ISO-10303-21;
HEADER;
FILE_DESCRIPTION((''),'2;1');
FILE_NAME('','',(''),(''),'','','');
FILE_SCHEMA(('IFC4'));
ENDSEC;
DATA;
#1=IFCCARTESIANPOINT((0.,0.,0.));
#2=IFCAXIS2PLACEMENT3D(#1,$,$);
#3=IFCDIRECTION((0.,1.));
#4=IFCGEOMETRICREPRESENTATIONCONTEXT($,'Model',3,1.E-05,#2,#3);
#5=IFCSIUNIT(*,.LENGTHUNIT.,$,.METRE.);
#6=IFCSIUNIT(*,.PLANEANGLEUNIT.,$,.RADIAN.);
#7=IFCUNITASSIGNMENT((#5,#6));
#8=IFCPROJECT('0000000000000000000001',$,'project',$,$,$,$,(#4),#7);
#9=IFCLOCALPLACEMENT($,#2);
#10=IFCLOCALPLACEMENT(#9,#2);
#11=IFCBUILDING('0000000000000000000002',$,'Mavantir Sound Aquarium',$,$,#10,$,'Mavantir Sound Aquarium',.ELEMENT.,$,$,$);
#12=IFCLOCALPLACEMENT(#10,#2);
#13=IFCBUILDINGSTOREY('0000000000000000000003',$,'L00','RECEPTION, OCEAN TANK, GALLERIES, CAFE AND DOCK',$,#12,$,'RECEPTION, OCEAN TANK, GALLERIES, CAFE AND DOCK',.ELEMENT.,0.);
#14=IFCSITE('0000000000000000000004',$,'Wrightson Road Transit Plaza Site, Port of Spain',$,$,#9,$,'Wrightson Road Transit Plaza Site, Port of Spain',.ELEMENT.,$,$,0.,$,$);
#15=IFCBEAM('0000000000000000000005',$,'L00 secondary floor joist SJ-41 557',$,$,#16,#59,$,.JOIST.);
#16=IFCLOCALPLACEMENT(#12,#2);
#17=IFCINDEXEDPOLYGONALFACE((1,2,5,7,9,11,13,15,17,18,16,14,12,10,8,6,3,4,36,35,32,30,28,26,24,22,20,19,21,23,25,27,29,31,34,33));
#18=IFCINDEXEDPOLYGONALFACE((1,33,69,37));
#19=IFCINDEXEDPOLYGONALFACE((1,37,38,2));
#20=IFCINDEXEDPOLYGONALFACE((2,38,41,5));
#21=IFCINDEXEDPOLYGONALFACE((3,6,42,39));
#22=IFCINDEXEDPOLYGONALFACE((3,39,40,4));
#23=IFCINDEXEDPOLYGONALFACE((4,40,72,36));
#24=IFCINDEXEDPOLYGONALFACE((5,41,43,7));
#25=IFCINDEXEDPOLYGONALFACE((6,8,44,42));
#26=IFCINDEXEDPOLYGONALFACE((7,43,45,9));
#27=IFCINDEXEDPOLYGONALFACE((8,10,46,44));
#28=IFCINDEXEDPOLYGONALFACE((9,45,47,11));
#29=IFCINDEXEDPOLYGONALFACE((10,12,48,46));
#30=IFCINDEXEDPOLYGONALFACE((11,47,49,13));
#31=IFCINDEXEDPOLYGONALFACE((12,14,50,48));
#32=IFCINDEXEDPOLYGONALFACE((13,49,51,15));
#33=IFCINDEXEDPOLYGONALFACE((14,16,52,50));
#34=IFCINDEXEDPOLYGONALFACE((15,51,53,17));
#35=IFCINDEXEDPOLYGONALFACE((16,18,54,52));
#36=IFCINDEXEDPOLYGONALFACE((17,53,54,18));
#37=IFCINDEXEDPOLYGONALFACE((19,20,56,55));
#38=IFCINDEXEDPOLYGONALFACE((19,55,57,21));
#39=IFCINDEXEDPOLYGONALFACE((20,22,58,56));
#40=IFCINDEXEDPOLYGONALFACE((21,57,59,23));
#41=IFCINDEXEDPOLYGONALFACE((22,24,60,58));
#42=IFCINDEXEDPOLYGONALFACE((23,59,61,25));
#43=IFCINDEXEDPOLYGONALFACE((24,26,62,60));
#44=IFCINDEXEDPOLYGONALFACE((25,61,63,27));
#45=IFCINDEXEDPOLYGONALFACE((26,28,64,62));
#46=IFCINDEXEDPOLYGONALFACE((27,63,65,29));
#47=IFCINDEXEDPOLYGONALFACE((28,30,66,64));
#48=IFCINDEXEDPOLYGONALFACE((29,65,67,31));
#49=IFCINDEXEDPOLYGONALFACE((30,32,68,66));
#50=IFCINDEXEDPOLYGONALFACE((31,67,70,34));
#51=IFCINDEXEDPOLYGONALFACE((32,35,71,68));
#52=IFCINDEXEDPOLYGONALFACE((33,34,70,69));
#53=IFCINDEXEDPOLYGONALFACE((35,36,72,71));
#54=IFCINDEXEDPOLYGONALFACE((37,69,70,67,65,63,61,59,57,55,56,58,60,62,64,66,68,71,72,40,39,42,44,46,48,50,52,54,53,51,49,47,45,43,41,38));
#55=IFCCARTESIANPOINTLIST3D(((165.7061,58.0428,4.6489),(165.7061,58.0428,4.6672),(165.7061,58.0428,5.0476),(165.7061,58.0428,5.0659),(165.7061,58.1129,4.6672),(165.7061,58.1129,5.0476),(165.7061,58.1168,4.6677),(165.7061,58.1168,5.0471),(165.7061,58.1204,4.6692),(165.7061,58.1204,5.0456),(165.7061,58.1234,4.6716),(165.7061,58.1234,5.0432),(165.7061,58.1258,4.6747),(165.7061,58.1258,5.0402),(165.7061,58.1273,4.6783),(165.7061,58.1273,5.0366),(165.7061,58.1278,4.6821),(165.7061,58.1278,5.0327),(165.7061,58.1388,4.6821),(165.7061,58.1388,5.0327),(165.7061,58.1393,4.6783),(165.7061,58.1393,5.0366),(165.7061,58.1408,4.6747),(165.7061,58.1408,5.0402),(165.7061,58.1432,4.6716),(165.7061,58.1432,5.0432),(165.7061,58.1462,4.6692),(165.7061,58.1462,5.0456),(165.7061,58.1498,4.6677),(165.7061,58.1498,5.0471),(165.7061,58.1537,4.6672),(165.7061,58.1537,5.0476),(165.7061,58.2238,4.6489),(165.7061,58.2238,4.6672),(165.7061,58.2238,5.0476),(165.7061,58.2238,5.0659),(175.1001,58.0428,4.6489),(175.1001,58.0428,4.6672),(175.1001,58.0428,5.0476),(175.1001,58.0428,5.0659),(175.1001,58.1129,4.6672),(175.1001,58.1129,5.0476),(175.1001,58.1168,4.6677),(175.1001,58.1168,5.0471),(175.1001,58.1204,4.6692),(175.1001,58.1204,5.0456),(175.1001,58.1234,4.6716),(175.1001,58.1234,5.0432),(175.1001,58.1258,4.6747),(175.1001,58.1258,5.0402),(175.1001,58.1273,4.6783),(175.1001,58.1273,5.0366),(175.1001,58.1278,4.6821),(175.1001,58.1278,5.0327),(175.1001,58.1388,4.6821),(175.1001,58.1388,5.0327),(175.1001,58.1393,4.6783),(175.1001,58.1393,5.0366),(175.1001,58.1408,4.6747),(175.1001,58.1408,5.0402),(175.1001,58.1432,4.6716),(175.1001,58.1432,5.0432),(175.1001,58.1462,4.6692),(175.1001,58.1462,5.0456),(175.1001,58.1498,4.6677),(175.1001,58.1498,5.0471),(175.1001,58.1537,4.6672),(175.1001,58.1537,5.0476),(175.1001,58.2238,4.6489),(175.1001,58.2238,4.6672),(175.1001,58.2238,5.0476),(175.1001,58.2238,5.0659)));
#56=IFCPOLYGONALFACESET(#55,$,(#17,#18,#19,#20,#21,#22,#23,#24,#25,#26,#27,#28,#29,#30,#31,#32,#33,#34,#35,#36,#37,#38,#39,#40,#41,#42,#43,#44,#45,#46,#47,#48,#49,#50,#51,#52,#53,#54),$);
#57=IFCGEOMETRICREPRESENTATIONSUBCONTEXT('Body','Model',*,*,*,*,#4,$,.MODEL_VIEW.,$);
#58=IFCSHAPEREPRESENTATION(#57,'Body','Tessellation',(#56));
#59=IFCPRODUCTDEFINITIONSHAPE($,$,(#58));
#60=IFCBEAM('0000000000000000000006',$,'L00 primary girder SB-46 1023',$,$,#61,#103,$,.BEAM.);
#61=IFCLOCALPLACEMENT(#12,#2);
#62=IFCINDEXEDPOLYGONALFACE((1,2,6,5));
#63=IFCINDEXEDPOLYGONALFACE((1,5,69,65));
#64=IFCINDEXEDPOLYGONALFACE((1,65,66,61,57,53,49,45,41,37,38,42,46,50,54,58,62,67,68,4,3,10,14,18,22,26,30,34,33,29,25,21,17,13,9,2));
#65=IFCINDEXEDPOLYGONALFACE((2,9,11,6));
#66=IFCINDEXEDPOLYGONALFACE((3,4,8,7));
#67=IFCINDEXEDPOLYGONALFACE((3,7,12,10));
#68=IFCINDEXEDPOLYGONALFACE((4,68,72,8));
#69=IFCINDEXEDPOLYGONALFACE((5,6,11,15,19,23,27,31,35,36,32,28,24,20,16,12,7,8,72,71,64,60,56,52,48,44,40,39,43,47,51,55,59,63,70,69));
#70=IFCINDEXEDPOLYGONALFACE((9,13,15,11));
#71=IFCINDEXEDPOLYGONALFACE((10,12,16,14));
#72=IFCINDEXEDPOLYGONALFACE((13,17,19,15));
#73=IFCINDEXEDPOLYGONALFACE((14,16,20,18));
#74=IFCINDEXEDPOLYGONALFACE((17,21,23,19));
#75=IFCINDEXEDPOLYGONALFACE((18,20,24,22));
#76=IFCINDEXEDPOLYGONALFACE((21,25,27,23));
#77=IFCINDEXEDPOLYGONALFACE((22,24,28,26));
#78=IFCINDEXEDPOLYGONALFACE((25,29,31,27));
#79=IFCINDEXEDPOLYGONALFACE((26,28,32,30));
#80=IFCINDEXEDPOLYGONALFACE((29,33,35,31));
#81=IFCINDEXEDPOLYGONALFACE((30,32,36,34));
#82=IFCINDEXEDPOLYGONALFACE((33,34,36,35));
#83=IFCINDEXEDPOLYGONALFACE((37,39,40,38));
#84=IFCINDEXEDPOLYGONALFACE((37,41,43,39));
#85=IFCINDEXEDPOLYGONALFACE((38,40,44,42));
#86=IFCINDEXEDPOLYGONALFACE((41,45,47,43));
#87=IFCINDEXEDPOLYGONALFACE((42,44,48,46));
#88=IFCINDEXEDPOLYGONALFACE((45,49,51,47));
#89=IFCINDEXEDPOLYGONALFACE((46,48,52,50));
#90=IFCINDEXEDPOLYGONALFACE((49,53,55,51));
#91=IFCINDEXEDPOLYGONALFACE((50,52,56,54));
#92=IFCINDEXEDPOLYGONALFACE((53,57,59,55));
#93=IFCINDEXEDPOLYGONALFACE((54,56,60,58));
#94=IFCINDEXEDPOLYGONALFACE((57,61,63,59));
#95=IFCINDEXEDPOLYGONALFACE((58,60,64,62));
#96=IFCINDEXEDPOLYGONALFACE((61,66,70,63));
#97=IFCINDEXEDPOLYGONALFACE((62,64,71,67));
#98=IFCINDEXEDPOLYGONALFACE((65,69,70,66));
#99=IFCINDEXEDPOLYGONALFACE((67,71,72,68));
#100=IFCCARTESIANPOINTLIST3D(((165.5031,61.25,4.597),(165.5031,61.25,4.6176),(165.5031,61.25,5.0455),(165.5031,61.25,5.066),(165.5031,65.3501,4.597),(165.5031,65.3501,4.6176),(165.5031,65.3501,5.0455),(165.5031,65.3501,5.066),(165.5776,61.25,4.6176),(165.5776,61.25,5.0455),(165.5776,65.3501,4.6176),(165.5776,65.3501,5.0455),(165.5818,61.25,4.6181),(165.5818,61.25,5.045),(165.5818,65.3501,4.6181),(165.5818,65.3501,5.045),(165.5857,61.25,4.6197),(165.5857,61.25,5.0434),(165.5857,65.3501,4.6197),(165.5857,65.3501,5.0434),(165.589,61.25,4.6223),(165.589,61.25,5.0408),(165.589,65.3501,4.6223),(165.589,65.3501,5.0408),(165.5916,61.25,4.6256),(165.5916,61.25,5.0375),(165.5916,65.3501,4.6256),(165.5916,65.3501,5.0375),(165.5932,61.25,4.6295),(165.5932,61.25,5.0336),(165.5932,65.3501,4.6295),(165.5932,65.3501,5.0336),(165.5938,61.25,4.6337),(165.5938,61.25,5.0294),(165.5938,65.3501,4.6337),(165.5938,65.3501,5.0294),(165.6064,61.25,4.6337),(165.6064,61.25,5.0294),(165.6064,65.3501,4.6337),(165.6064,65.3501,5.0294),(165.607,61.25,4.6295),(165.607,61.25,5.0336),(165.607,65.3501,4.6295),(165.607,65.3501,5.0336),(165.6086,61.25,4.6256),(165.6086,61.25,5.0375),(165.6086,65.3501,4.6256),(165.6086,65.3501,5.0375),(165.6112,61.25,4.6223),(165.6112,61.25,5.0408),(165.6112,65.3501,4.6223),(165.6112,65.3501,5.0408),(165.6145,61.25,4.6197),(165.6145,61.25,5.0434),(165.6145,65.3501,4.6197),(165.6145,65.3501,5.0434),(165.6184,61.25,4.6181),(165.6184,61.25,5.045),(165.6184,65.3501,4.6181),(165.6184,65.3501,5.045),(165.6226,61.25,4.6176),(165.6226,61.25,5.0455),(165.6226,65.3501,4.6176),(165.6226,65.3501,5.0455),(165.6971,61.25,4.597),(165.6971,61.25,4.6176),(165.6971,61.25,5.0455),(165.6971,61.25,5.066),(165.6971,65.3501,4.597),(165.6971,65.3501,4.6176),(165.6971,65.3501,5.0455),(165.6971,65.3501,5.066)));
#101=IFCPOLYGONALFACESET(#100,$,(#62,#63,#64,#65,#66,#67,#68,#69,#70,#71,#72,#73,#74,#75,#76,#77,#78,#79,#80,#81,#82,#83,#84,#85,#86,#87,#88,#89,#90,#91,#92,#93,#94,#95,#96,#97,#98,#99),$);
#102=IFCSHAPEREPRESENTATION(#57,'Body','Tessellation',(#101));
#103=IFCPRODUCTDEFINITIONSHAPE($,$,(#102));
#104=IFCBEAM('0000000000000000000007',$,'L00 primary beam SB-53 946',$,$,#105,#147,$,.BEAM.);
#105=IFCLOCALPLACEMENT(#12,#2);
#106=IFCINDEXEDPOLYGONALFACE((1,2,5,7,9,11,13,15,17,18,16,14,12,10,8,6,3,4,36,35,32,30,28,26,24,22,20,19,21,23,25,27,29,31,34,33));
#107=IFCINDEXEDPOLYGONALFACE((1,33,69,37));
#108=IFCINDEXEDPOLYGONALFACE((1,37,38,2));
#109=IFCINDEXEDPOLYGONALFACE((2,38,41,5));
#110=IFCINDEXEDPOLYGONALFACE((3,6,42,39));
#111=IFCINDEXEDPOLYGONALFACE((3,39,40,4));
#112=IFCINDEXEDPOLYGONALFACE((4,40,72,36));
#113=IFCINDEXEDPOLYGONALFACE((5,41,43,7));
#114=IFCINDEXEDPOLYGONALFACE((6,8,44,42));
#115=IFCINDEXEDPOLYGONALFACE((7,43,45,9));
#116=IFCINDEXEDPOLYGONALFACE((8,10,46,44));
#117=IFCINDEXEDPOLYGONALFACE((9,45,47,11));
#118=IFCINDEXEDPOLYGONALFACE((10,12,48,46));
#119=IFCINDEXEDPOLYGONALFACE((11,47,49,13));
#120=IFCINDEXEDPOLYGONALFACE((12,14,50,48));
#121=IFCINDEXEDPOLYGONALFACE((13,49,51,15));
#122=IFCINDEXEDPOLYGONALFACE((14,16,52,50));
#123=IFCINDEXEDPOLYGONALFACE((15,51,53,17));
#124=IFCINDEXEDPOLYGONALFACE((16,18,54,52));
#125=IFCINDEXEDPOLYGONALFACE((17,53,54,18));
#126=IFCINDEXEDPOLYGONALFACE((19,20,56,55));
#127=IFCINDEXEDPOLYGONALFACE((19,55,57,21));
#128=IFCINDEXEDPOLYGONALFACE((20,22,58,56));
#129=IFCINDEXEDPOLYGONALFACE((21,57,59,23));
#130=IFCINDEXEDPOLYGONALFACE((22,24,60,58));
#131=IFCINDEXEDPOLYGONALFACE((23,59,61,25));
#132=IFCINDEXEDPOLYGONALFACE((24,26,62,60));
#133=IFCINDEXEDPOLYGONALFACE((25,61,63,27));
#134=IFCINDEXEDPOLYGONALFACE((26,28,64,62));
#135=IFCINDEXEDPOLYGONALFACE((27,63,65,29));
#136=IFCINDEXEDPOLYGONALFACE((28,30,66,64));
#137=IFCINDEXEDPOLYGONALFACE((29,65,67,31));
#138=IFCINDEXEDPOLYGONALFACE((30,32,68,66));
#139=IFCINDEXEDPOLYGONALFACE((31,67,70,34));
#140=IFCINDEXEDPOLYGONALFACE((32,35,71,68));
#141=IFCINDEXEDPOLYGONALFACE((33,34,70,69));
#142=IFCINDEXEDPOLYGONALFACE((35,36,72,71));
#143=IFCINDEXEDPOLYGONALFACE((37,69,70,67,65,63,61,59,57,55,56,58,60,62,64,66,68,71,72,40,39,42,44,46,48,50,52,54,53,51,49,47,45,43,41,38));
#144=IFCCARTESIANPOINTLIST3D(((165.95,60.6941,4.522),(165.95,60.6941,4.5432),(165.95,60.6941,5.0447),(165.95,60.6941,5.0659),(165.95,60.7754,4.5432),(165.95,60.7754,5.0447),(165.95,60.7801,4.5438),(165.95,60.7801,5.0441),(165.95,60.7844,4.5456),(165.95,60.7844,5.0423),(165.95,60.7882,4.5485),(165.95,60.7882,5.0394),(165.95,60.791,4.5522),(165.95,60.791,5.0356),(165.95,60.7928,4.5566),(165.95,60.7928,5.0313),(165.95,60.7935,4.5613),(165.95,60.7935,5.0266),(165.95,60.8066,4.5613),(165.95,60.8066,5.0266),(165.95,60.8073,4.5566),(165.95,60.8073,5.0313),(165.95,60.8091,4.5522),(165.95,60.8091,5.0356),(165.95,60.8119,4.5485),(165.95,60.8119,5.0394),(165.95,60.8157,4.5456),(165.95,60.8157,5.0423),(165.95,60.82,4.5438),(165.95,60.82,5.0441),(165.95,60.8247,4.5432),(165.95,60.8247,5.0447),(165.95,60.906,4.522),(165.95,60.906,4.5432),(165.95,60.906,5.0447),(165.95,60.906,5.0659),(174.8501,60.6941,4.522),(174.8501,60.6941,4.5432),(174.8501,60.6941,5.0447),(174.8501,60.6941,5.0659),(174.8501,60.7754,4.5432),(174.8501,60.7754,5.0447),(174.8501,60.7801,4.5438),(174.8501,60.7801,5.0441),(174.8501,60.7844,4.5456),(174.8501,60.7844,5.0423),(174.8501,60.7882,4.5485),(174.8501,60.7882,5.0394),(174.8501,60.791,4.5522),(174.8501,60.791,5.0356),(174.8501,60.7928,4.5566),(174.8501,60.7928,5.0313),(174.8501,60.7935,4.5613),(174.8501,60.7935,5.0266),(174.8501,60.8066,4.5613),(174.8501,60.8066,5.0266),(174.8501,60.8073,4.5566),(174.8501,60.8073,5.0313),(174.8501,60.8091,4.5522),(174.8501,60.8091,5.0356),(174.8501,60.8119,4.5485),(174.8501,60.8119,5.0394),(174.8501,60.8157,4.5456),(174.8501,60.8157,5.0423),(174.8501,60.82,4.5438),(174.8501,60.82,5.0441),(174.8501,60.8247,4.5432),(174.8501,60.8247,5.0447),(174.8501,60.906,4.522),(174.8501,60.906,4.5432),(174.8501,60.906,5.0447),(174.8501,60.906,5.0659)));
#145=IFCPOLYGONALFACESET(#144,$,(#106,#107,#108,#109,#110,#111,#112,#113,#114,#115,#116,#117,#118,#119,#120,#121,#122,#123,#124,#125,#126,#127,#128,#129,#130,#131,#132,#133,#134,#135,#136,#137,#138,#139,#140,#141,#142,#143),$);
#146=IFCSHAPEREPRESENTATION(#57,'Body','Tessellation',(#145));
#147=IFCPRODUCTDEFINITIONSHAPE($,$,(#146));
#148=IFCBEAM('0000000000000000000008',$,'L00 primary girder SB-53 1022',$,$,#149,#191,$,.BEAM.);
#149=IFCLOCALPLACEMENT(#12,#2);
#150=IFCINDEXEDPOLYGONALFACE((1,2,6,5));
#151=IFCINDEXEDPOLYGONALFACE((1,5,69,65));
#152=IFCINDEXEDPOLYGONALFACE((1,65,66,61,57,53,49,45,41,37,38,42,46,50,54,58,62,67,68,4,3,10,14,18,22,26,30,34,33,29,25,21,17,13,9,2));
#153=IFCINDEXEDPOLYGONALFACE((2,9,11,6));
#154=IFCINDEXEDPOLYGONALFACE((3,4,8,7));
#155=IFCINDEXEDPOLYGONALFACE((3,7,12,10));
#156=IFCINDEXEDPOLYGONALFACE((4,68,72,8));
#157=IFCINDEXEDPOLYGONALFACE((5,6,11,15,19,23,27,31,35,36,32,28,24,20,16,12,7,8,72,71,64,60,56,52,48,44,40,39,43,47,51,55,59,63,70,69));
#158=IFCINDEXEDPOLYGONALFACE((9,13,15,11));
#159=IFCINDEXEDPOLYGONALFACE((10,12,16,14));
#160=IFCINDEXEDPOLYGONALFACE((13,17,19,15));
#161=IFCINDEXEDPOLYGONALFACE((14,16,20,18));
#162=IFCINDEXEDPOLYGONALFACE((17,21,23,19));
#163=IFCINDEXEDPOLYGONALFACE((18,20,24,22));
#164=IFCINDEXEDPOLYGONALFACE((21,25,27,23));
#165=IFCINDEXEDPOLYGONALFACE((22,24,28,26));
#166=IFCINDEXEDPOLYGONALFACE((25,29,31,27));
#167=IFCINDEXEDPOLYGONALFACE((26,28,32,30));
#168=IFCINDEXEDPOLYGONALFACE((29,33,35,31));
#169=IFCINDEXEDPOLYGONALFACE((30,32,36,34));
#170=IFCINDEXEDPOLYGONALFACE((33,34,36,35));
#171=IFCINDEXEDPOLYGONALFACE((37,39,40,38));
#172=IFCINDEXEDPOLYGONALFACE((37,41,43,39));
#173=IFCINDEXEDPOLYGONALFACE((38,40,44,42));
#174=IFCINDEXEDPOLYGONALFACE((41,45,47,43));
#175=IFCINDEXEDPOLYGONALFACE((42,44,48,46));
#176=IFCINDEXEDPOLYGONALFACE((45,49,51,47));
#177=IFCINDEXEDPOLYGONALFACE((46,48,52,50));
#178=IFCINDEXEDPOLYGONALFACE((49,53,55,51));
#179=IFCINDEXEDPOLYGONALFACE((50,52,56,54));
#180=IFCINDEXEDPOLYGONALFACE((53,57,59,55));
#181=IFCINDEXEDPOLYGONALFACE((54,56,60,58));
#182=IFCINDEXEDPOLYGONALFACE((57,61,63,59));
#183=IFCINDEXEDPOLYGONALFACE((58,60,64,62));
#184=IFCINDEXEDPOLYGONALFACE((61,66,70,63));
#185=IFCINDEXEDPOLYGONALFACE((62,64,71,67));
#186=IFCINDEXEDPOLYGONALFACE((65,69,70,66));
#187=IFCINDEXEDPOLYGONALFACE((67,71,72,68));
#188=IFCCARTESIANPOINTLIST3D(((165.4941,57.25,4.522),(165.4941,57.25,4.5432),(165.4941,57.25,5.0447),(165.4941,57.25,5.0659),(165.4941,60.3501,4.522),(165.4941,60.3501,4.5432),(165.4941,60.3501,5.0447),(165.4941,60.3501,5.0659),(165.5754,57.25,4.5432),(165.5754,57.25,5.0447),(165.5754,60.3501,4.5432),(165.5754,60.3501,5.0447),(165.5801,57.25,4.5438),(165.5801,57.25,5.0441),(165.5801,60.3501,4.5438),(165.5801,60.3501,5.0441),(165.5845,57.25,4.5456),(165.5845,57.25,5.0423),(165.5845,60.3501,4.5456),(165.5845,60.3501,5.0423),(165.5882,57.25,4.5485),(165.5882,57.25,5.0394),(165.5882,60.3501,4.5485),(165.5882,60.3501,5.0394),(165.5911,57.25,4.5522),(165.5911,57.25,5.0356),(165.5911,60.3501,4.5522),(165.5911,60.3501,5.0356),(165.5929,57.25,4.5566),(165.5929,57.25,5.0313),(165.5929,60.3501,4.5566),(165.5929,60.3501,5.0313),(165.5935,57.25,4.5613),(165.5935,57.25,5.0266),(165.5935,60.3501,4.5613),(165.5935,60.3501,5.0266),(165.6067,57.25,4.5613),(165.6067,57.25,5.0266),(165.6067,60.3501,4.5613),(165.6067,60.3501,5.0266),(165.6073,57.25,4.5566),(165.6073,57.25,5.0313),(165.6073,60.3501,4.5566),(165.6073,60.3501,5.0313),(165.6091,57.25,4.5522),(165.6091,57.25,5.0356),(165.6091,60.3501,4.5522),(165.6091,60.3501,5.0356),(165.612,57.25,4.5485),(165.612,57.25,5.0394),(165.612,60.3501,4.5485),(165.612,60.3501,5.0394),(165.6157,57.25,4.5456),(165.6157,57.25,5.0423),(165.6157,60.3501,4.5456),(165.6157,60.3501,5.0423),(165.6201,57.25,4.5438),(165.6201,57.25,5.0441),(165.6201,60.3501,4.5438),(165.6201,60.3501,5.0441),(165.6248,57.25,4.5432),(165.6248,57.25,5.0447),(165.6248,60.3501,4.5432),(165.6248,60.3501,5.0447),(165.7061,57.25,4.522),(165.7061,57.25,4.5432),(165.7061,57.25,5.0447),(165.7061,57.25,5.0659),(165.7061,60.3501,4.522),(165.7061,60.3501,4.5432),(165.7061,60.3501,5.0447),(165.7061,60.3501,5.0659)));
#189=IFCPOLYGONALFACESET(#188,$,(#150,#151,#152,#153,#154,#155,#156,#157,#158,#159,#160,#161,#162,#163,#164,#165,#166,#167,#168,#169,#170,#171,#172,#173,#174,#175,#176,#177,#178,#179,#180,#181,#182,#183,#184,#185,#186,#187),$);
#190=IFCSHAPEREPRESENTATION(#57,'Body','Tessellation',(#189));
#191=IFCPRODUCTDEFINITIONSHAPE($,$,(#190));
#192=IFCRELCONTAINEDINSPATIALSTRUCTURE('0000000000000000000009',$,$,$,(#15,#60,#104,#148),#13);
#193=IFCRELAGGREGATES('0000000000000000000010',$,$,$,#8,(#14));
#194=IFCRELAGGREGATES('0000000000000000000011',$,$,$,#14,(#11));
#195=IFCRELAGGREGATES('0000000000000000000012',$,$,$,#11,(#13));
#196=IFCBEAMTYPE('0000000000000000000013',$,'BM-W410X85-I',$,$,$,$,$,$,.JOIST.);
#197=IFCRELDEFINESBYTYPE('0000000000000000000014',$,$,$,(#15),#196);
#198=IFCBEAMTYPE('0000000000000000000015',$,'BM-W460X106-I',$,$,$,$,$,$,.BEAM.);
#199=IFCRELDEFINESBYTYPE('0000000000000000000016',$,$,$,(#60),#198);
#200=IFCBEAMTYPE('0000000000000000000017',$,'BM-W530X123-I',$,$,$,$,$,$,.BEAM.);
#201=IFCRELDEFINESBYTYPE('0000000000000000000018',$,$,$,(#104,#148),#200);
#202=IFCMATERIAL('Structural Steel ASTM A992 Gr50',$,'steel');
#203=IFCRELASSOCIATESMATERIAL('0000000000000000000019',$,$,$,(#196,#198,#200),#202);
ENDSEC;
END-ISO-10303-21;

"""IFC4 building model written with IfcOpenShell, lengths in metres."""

from ifc_helpers import new_model, si_unit, direction, frame, origin, origin_2d, place, context, subcontext, project, spatial, i_section, extrude, material, material_profile, profile_set, type_object, element, save


model = new_model("IFC4")

# Units and contexts
model_context = context("Model", 3, precision=1e-05, world=origin(), true_north=direction((0.0, 1.0)))
body_context = subcontext(model_context, "Body", "Model", "MODEL_VIEW")
ifc_project = project(units=[si_unit("LENGTHUNIT", "METRE"), si_unit("PLANEANGLEUNIT", "RADIAN")], contexts=[model_context])

# Site, building, storey
site_placement = place(None, origin())
site = spatial("IfcSite", under=ifc_project, at=site_placement, Name="Wrightson Road Transit Plaza Site, Port of Spain", LongName="Wrightson Road Transit Plaza Site, Port of Spain", CompositionType="ELEMENT", RefElevation=0.0)
building_placement = place(site_placement, origin())
building = spatial("IfcBuilding", under=site, at=building_placement, Name="Mavantir Sound Aquarium", LongName="Mavantir Sound Aquarium", CompositionType="ELEMENT")
storey_placement = place(building_placement, origin())
storey = spatial("IfcBuildingStorey", under=building, at=storey_placement, Name="L00", Description="RECEPTION, OCEAN TANK, GALLERIES, CAFE AND DOCK", LongName="RECEPTION, OCEAN TANK, GALLERIES, CAFE AND DOCK", CompositionType="ELEMENT", Elevation=0.0)

# Beams
ifc_material_1 = material(Name="Structural Steel ASTM A992 Gr50", Category="steel")
ifc_material_profile_1 = material_profile(ifc_material_1, i_section(OverallWidth=0.1809, OverallDepth=0.417, WebThickness=0.011, FlangeThickness=0.0183, FilletRadius=0.0149, at=origin_2d()), Name="W410X85")
ifc_profile_set_1 = profile_set([ifc_material_profile_1], Name="Structural Steel ASTM A992 Gr50")
beam_type_1 = type_object("IfcBeamType", Name="BM-W410X85-I", PredefinedType="JOIST", material=ifc_profile_set_1)
beam_1_placement = place(storey_placement, frame((165.7061, 58.1333, 4.8574), z_axis=(1.0, 0.0, 0.0), x_axis=(0.0, 1.0, 0.0)))
element("IfcBeam", 1, at=beam_1_placement, inside=storey, type_object=beam_type_1, Name="L00 secondary floor joist SJ-41 557", PredefinedType="JOIST", context=body_context, shape_type="SweptSolid", body=[
    extrude(i_section(OverallWidth=0.1809, OverallDepth=0.417, WebThickness=0.011, FlangeThickness=0.0183, FilletRadius=0.0149, at=origin_2d()), origin(), (0.0, 0.0, 1.0), 9.394),
])
ifc_material_profile_2 = material_profile(ifc_material_1, i_section(OverallWidth=0.1941, OverallDepth=0.469, WebThickness=0.0127, FlangeThickness=0.0205, FilletRadius=0.0161, at=origin_2d()), Name="W460X106")
ifc_profile_set_2 = profile_set([ifc_material_profile_2], Name="Structural Steel ASTM A992 Gr50")
beam_type_2 = type_object("IfcBeamType", Name="BM-W460X106-I", PredefinedType="BEAM", material=ifc_profile_set_2)
beam_2_placement = place(storey_placement, frame((165.6001, 61.25, 4.8315), z_axis=(0.0, 1.0, 0.0), x_axis=(-1.0, 0.0, 0.0)))
element("IfcBeam", 2, at=beam_2_placement, inside=storey, type_object=beam_type_2, Name="L00 primary girder SB-46 1023", PredefinedType="BEAM", context=body_context, shape_type="SweptSolid", body=[
    extrude(i_section(OverallWidth=0.1941, OverallDepth=0.469, WebThickness=0.0127, FlangeThickness=0.0205, FilletRadius=0.0161, at=origin_2d()), origin(), (0.0, 0.0, 1.0), 4.1001),
])
ifc_material_profile_3 = material_profile(ifc_material_1, i_section(OverallWidth=0.2119, OverallDepth=0.5439, WebThickness=0.0132, FlangeThickness=0.0212, FilletRadius=0.0181, at=origin_2d()), Name="W530X123")
ifc_profile_set_3 = profile_set([ifc_material_profile_3], Name="Structural Steel ASTM A992 Gr50")
beam_type_3 = type_object("IfcBeamType", Name="BM-W530X123-I", PredefinedType="BEAM", material=ifc_profile_set_3)
beam_3_placement = place(storey_placement, frame((165.95, 60.8, 4.7939), z_axis=(1.0, 0.0, 0.0), x_axis=(0.0, 1.0, 0.0)))
element("IfcBeam", 3, at=beam_3_placement, inside=storey, type_object=beam_type_3, Name="L00 primary beam SB-53 946", PredefinedType="BEAM", context=body_context, shape_type="SweptSolid", body=[
    extrude(i_section(OverallWidth=0.2119, OverallDepth=0.5439, WebThickness=0.0132, FlangeThickness=0.0212, FilletRadius=0.0181, at=origin_2d()), origin(), (0.0, 0.0, 1.0), 8.9001),
])
beam_4_placement = place(storey_placement, frame((165.6001, 57.25, 4.7939), z_axis=(0.0, 1.0, 0.0), x_axis=(-1.0, 0.0, 0.0)))
element("IfcBeam", 4, at=beam_4_placement, inside=storey, type_object=beam_type_3, Name="L00 primary girder SB-53 1022", PredefinedType="BEAM", context=body_context, shape_type="SweptSolid", body=[
    extrude(i_section(OverallWidth=0.2119, OverallDepth=0.5439, WebThickness=0.0132, FlangeThickness=0.0212, FilletRadius=0.0181, at=origin_2d()), origin(), (0.0, 0.0, 1.0), 3.1001),
])

save(model, "model.ifc")
